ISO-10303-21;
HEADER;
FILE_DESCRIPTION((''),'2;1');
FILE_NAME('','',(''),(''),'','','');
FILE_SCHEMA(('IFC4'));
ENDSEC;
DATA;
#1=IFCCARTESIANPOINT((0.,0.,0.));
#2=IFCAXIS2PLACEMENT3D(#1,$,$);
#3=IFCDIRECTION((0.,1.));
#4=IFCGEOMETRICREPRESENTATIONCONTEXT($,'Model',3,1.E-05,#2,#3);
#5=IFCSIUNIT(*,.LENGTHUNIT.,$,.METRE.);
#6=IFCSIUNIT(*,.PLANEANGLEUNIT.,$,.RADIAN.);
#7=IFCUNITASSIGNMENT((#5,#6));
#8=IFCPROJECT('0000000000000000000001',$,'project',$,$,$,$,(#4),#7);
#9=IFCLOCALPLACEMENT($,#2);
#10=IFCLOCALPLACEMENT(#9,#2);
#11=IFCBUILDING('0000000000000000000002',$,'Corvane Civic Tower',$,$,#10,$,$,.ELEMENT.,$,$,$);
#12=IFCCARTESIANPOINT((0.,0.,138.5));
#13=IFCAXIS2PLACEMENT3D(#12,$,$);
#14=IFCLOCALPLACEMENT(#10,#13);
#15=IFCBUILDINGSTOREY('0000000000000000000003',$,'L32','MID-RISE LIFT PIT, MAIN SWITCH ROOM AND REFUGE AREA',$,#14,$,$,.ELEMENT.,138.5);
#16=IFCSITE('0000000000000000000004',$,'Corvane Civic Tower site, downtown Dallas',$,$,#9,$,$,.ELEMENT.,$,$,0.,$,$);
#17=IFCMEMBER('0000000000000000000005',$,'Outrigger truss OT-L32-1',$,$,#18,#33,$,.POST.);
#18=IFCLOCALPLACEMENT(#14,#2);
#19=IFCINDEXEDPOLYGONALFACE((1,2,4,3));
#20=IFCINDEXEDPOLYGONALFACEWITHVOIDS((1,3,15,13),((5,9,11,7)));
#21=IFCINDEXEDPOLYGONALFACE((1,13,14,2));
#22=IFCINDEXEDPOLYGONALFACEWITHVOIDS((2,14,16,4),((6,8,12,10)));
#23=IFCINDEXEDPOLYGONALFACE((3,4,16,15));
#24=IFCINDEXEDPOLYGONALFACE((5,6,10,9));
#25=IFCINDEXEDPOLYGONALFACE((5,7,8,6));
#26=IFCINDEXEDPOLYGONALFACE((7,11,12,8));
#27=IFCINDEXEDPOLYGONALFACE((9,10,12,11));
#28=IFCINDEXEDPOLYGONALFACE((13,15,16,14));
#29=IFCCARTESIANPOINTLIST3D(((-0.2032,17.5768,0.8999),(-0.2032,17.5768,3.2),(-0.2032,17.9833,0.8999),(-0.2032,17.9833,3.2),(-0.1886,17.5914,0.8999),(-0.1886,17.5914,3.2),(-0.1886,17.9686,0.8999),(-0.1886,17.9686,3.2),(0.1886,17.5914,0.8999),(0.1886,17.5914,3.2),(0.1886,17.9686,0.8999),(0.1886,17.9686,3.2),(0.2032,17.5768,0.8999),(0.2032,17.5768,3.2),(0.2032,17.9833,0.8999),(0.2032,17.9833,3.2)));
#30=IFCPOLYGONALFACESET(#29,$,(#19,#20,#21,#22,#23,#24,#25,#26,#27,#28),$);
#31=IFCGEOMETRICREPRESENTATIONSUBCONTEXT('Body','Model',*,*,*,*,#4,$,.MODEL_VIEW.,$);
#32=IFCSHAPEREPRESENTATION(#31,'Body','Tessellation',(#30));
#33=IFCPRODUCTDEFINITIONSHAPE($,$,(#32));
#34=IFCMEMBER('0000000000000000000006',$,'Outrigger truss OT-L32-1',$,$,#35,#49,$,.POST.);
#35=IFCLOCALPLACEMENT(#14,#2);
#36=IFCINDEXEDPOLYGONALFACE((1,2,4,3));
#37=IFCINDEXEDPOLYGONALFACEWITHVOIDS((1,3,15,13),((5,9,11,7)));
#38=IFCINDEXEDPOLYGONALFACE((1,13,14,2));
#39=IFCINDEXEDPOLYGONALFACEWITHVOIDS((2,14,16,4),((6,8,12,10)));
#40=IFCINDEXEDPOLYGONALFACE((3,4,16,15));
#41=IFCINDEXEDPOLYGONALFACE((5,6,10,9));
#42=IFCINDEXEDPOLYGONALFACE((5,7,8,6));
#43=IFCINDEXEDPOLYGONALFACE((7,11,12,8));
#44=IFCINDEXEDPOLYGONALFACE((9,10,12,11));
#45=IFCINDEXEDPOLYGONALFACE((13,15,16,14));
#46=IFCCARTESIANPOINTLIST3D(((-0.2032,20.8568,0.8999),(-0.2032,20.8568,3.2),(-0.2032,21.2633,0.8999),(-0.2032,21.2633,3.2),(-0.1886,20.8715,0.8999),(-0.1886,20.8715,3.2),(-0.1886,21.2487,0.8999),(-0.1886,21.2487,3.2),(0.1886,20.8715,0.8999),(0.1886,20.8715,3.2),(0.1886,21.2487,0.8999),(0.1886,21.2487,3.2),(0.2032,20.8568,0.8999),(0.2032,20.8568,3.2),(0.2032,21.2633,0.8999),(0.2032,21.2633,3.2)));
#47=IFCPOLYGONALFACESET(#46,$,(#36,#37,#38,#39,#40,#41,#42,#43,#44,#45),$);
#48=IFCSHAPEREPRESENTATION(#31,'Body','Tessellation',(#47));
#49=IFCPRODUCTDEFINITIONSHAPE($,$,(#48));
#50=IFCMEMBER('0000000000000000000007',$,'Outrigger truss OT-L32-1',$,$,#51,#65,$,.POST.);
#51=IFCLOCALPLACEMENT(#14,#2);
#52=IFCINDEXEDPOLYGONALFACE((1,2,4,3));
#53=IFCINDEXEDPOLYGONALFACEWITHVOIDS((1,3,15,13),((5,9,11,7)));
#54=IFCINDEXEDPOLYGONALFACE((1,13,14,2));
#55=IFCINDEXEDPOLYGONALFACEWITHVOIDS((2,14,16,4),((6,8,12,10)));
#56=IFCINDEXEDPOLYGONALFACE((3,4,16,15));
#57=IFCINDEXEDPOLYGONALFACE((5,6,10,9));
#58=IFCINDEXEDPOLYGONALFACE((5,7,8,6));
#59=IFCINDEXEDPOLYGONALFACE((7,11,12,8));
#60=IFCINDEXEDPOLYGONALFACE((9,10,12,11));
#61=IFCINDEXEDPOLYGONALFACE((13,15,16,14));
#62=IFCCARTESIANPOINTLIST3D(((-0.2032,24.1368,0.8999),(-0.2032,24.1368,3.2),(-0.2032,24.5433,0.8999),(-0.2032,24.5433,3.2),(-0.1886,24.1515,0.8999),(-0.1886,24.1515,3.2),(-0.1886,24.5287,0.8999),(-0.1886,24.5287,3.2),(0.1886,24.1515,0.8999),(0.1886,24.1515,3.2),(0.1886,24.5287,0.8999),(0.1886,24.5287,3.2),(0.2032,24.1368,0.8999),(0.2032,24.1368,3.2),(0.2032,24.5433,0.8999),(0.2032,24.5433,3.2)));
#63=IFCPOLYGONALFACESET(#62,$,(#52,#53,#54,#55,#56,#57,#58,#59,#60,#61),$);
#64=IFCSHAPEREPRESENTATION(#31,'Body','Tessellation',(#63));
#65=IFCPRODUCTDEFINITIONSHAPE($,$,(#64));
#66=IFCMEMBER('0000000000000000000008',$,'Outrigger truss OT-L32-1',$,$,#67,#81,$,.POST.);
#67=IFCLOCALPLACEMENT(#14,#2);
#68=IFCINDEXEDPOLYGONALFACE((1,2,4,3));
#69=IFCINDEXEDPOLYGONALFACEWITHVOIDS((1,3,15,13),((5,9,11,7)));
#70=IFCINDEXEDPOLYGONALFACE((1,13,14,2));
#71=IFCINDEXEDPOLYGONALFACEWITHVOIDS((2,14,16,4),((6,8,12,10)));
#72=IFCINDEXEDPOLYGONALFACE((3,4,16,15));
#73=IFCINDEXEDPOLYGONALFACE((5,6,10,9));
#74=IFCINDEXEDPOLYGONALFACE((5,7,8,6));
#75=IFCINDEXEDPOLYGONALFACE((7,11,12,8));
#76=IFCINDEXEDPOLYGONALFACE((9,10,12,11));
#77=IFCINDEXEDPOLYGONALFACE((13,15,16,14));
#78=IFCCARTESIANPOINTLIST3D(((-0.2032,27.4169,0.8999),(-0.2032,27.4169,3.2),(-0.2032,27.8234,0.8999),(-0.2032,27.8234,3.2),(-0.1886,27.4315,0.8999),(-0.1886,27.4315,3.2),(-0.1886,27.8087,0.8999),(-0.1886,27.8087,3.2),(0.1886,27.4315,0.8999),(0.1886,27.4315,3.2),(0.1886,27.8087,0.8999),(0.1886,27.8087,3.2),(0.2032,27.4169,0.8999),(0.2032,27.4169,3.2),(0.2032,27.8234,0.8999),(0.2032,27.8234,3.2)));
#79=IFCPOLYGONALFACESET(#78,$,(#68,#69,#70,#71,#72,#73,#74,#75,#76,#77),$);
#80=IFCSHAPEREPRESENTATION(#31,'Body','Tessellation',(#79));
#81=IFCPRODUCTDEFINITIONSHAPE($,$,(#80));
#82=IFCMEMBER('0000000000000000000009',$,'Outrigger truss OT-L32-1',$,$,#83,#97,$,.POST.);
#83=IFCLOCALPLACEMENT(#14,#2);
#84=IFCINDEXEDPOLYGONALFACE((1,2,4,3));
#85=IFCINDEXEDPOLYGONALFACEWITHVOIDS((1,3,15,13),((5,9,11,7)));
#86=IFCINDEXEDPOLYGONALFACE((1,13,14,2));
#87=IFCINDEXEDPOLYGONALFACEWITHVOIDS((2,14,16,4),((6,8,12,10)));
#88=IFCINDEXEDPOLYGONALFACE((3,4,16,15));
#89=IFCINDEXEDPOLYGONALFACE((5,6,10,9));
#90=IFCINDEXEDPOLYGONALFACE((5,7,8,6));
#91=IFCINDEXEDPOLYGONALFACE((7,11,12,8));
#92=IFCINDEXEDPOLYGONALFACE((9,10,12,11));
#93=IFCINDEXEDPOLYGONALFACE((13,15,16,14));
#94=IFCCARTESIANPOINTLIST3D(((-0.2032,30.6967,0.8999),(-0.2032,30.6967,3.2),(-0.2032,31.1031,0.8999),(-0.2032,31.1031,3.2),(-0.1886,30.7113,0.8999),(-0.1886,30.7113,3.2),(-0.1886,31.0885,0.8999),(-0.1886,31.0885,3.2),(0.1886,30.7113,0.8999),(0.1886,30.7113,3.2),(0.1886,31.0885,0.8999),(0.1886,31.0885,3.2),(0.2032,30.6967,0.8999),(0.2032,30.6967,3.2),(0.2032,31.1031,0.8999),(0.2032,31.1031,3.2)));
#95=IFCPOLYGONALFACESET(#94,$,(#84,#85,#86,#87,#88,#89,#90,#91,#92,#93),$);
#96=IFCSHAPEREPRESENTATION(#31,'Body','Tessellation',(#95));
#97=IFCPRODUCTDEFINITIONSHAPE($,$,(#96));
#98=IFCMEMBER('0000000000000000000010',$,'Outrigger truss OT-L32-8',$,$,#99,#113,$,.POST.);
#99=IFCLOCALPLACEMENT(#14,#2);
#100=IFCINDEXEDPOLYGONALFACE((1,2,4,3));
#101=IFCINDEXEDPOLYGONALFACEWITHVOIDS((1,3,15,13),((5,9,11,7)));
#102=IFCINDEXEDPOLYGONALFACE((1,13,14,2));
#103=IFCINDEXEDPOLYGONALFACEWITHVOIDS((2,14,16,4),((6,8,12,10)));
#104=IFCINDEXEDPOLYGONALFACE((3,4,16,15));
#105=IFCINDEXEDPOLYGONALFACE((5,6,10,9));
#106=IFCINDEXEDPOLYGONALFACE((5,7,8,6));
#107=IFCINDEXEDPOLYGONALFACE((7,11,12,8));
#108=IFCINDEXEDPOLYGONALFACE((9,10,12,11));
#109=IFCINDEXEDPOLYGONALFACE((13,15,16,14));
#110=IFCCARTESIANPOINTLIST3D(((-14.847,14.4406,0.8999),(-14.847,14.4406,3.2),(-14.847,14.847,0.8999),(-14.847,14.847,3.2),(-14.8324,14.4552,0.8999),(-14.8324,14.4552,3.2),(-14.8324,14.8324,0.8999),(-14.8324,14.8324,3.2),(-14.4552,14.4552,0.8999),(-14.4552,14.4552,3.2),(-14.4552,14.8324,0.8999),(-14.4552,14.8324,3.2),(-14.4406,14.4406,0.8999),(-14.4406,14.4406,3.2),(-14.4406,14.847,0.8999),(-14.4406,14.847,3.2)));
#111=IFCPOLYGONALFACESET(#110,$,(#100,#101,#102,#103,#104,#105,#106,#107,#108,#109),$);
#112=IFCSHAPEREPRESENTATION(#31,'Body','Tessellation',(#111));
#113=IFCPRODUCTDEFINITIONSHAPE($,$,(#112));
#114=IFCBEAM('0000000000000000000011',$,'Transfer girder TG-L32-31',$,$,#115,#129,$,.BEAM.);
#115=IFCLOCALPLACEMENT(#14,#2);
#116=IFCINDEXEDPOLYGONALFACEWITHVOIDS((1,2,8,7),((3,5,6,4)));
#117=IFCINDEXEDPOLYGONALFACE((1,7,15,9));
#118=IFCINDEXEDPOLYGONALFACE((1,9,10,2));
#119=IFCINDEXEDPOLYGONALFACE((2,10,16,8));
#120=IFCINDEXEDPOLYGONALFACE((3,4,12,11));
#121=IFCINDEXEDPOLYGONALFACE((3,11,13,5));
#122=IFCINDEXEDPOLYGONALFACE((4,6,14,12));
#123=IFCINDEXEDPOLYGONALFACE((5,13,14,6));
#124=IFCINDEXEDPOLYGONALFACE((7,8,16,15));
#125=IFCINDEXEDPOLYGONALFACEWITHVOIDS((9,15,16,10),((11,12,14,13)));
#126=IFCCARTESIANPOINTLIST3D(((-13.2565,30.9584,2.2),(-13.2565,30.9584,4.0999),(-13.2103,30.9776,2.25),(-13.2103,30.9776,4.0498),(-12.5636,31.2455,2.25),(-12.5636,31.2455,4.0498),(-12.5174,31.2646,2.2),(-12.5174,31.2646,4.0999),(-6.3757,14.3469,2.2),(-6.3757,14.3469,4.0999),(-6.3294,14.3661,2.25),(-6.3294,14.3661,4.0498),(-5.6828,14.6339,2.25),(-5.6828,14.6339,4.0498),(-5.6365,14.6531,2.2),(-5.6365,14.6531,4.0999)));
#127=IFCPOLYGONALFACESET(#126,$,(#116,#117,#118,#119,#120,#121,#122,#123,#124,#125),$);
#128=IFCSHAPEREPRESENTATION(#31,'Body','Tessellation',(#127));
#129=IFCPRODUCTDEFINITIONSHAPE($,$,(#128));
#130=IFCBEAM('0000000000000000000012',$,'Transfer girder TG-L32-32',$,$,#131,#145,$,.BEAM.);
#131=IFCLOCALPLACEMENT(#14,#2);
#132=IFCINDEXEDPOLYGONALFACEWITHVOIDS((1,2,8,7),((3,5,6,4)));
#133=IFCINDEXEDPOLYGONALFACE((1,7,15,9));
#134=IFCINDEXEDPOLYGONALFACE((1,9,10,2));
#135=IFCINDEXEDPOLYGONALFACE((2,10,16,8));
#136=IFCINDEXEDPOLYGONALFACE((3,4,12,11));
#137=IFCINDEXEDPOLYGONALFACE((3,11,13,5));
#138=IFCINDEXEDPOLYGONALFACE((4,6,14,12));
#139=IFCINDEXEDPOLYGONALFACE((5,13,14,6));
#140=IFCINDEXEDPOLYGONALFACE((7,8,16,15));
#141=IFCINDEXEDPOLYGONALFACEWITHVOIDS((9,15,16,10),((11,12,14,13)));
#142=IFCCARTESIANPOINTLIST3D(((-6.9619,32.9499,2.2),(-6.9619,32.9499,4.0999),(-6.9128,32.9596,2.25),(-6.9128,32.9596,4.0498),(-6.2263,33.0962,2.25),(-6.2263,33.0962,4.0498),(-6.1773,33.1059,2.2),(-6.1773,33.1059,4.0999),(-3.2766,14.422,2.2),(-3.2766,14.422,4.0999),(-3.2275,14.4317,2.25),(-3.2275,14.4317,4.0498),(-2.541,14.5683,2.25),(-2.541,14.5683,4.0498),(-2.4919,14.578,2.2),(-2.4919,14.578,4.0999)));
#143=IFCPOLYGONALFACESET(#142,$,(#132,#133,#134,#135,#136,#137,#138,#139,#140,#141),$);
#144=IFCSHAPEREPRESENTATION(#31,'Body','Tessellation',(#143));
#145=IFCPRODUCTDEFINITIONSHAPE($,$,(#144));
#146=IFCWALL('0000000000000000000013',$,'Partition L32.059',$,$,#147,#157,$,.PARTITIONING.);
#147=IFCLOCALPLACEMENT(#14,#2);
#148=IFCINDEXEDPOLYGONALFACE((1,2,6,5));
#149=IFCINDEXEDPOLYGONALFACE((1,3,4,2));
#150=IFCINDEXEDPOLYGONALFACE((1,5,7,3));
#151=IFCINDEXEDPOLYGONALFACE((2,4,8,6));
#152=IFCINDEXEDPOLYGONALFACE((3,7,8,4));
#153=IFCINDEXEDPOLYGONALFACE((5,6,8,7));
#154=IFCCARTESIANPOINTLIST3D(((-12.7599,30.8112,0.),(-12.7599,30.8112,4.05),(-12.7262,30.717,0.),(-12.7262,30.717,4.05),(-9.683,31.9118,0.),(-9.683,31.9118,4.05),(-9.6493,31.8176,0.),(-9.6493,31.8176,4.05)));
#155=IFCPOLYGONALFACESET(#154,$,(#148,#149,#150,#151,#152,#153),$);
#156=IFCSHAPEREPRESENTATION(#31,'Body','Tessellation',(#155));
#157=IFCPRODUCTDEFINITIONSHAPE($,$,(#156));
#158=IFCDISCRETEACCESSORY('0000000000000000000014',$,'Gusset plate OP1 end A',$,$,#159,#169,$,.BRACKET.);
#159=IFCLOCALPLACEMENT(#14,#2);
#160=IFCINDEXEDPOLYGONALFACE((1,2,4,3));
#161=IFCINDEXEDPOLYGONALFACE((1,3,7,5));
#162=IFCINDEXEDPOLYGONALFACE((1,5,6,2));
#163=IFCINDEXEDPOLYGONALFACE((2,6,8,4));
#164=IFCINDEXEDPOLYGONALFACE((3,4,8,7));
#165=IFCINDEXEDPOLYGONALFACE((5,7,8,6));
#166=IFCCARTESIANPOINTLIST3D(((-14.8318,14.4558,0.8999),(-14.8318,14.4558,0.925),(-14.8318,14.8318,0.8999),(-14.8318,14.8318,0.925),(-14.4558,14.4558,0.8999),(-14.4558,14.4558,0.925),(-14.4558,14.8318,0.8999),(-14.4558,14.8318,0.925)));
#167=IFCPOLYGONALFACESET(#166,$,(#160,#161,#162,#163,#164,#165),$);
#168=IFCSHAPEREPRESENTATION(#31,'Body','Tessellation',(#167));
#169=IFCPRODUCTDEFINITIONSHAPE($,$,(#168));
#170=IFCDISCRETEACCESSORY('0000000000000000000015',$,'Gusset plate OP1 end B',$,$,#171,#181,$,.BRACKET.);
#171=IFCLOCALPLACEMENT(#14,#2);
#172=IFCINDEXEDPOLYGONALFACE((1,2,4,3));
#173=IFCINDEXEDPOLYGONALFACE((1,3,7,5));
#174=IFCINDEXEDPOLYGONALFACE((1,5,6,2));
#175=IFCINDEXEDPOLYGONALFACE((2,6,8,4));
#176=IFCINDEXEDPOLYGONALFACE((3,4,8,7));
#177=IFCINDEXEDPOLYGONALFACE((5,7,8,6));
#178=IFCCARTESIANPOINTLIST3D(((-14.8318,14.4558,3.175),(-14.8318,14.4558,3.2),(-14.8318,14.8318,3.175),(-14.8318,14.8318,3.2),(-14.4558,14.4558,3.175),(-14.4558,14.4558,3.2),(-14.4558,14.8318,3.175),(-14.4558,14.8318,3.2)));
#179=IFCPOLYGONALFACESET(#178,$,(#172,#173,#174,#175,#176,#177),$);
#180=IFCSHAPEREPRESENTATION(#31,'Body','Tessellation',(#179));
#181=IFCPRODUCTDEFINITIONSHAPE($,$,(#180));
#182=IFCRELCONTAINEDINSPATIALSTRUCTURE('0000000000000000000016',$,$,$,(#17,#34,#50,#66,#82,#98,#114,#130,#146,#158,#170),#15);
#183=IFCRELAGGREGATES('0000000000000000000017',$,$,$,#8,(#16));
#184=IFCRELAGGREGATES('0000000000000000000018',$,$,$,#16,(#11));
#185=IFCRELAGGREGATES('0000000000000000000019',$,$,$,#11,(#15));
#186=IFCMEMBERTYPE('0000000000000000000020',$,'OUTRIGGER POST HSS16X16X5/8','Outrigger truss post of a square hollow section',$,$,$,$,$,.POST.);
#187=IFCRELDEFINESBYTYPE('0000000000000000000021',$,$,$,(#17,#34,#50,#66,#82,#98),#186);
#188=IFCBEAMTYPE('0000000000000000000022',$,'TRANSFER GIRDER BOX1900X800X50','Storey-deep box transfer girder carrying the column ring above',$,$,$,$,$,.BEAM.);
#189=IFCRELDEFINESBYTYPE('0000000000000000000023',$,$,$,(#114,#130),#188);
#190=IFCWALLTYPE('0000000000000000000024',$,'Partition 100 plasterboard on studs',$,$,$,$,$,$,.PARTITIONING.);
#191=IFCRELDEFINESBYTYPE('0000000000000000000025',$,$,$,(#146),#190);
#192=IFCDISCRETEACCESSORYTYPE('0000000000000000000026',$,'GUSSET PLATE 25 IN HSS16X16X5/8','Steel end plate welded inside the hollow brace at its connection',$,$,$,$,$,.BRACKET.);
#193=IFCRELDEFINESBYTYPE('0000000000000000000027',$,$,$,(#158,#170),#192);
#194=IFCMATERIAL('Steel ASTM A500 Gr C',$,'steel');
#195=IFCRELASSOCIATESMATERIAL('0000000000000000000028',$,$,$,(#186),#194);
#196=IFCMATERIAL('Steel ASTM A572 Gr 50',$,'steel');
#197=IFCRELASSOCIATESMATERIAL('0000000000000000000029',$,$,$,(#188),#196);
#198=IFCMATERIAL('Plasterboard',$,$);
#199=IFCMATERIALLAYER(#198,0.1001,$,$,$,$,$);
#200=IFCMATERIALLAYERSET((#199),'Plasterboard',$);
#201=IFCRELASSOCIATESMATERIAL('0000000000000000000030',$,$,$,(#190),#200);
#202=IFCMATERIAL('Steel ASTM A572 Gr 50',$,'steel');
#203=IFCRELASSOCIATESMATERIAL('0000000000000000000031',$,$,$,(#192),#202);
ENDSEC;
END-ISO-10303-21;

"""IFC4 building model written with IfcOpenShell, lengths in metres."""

from ifc_helpers import new_model, si_unit, direction, frame, frame_2d, origin, origin_2d, place, context, subcontext, project, spatial, rectangle, hollow_rectangle, extrude, material, layer, layer_set, material_profile, profile_set, type_object, element, save


model = new_model("IFC4")

# Units and contexts
model_context = context("Model", 3, precision=1e-05, world=origin(), true_north=direction((0.0, 1.0)))
body_context = subcontext(model_context, "Body", "Model", "MODEL_VIEW")
ifc_project = project(units=[si_unit("LENGTHUNIT", "METRE"), si_unit("PLANEANGLEUNIT", "RADIAN")], contexts=[model_context])

# Site, building, storey
site_placement = place(None, origin())
site = spatial("IfcSite", under=ifc_project, at=site_placement, Name="Corvane Civic Tower site, downtown Dallas", CompositionType="ELEMENT", RefElevation=0.0)
building_placement = place(site_placement, origin())
building = spatial("IfcBuilding", under=site, at=building_placement, Name="Corvane Civic Tower", CompositionType="ELEMENT")
storey_placement = place(building_placement, frame((0.0, 0.0, 138.5)))
storey = spatial("IfcBuildingStorey", under=building, at=storey_placement, Name="L32", Description="MID-RISE LIFT PIT, MAIN SWITCH ROOM AND REFUGE AREA", CompositionType="ELEMENT", Elevation=138.5)

# Members
ifc_material_1 = material(Name="Steel ASTM A500 Gr C", Category="steel")
ifc_material_profile_1 = material_profile(ifc_material_1, hollow_rectangle(XDim=0.4065, YDim=0.4065, WallThickness=0.0146, at=origin_2d()), Name="HSS16X16X5/8")
ifc_profile_set_1 = profile_set([ifc_material_profile_1], Name="Steel ASTM A500 Gr C")
member_type_1 = type_object("IfcMemberType", Name="OUTRIGGER POST HSS16X16X5/8", Description="Outrigger truss post of a square hollow section", PredefinedType="POST", material=ifc_profile_set_1)
for number, where, z_axis, x_axis, name in (
    (1, (0.0, 17.78, 0.8999), (0.0, 0.0, 1.0), (1.0, 0.0, 0.0), "Outrigger truss OT-L32-1"),
    (2, (0.0, 21.0601, 0.8999), (0.0, 0.0, 1.0), (1.0, 0.0, 0.0), "Outrigger truss OT-L32-1"),
    (3, (0.0, 24.3401, 0.8999), (0.0, 0.0, 1.0), (1.0, 0.0, 0.0), "Outrigger truss OT-L32-1"),
    (4, (0.0, 27.6201, 0.8999), (0.0, 0.0, 1.0), (1.0, 0.0, 0.0), "Outrigger truss OT-L32-1"),
    (5, (0.0, 30.8999, 0.8999), (0.0, 0.0, 1.0), (1.0, 0.0, 0.0), "Outrigger truss OT-L32-1"),
    (6, (-14.6438, 14.6438, 0.8999), (0.0, 0.0, 1.0), (1.0, 0.0, 0.0), "Outrigger truss OT-L32-8"),
):
    element("IfcMember", number, at=place(storey_placement, frame(where, z_axis=z_axis, x_axis=x_axis)), inside=storey, type_object=member_type_1, Name=name, PredefinedType="POST", context=body_context, shape_type="SweptSolid", body=[
        extrude(hollow_rectangle(XDim=0.4065, YDim=0.4065, WallThickness=0.0146, at=origin_2d()), origin(), (0.0, 0.0, 1.0), 2.3),
    ])

# Beams
ifc_material_2 = material(Name="Steel ASTM A572 Gr 50", Category="steel")
ifc_material_profile_2 = material_profile(ifc_material_2, hollow_rectangle(XDim=0.8, YDim=1.8999, WallThickness=0.05, at=origin_2d()), Name="BOX1900X800X50")
ifc_profile_set_2 = profile_set([ifc_material_profile_2], Name="Steel ASTM A572 Gr 50")
beam_type_1 = type_object("IfcBeamType", Name="TRANSFER GIRDER BOX1900X800X50", Description="Storey-deep box transfer girder carrying the column ring above", PredefinedType="BEAM", material=ifc_profile_set_2)
beam_1_placement = place(storey_placement, frame((-6.0061, 14.5, 3.1499), z_axis=(-0.382689, 0.923877, 0.0), x_axis=(-0.923877, -0.382689, 0.0)))
element("IfcBeam", 7, at=beam_1_placement, inside=storey, type_object=beam_type_1, Name="Transfer girder TG-L32-31", PredefinedType="BEAM", context=body_context, shape_type="SweptSolid", body=[
    extrude(hollow_rectangle(XDim=0.8, YDim=1.8999, WallThickness=0.05, at=origin_2d()), origin(), (0.0, 0.0, 1.0), 17.9802),
])
beam_2_placement = place(storey_placement, frame((-2.8843, 14.5, 3.1499), z_axis=(-0.195085, 0.980786, 0.0), x_axis=(-0.980786, -0.195085, 0.0)))
element("IfcBeam", 8, at=beam_2_placement, inside=storey, type_object=beam_type_1, Name="Transfer girder TG-L32-32", PredefinedType="BEAM", context=body_context, shape_type="SweptSolid", body=[
    extrude(hollow_rectangle(XDim=0.8, YDim=1.8999, WallThickness=0.05, at=origin_2d()), origin(), (0.0, 0.0, 1.0), 18.8909),
])

# Wall
ifc_material_3 = material(Name="Plasterboard")
ifc_layer = layer(ifc_material_3, 0.1001)
ifc_layer_set = layer_set([ifc_layer], Name="Plasterboard")
wall_type = type_object("IfcWallType", Name="Partition 100 plasterboard on studs", PredefinedType="PARTITIONING", material=ifc_layer_set)
wall_placement = place(storey_placement, frame((-12.7429, 30.7642, 0.0), z_axis=(0.0, 0.0, 1.0), x_axis=(0.941578, 0.336795, 0.0)))
element("IfcWall", 9, at=wall_placement, inside=storey, type_object=wall_type, Name="Partition L32.059", PredefinedType="PARTITIONING", context=body_context, shape_type="SweptSolid", body=[
    extrude(rectangle(XDim=3.2678, YDim=0.1001, at=frame_2d((1.6338, 0.0))), origin(), (0.0, 0.0, 1.0), 4.05),
])

# Discrete accessories
ifc_material_4 = material(Name="Steel ASTM A572 Gr 50", Category="steel")
ifc_material_profile_3 = material_profile(ifc_material_4, rectangle(XDim=0.376, YDim=0.376, at=origin_2d()), Name="GUSSET PLATE 25 IN HSS16X16X5/8")
ifc_profile_set_3 = profile_set([ifc_material_profile_3], Name="Steel ASTM A572 Gr 50")
discrete_accessory_type = type_object("IfcDiscreteAccessoryType", Name="GUSSET PLATE 25 IN HSS16X16X5/8", Description="Steel end plate welded inside the hollow brace at its connection", PredefinedType="BRACKET", material=ifc_profile_set_3)
discrete_accessory_1_placement = place(storey_placement, frame((-14.6438, 14.6438, 0.8999), z_axis=(0.0, 0.0, 1.0), x_axis=(1.0, 0.0, 0.0)))
element("IfcDiscreteAccessory", 10, at=discrete_accessory_1_placement, inside=storey, type_object=discrete_accessory_type, Name="Gusset plate OP1 end A", PredefinedType="BRACKET", context=body_context, shape_type="SweptSolid", body=[
    extrude(rectangle(XDim=0.376, YDim=0.376, at=origin_2d()), origin(), (0.0, 0.0, 1.0), 0.0251),
])
discrete_accessory_2_placement = place(storey_placement, frame((-14.6438, 14.6438, 3.2), z_axis=(0.0, 0.0, -1.0), x_axis=(1.0, 0.0, 0.0)))
element("IfcDiscreteAccessory", 11, at=discrete_accessory_2_placement, inside=storey, type_object=discrete_accessory_type, Name="Gusset plate OP1 end B", PredefinedType="BRACKET", context=body_context, shape_type="SweptSolid", body=[
    extrude(rectangle(XDim=0.376, YDim=0.376, at=origin_2d()), origin(), (0.0, 0.0, 1.0), 0.0249),
])

save(model, "model.ifc")
